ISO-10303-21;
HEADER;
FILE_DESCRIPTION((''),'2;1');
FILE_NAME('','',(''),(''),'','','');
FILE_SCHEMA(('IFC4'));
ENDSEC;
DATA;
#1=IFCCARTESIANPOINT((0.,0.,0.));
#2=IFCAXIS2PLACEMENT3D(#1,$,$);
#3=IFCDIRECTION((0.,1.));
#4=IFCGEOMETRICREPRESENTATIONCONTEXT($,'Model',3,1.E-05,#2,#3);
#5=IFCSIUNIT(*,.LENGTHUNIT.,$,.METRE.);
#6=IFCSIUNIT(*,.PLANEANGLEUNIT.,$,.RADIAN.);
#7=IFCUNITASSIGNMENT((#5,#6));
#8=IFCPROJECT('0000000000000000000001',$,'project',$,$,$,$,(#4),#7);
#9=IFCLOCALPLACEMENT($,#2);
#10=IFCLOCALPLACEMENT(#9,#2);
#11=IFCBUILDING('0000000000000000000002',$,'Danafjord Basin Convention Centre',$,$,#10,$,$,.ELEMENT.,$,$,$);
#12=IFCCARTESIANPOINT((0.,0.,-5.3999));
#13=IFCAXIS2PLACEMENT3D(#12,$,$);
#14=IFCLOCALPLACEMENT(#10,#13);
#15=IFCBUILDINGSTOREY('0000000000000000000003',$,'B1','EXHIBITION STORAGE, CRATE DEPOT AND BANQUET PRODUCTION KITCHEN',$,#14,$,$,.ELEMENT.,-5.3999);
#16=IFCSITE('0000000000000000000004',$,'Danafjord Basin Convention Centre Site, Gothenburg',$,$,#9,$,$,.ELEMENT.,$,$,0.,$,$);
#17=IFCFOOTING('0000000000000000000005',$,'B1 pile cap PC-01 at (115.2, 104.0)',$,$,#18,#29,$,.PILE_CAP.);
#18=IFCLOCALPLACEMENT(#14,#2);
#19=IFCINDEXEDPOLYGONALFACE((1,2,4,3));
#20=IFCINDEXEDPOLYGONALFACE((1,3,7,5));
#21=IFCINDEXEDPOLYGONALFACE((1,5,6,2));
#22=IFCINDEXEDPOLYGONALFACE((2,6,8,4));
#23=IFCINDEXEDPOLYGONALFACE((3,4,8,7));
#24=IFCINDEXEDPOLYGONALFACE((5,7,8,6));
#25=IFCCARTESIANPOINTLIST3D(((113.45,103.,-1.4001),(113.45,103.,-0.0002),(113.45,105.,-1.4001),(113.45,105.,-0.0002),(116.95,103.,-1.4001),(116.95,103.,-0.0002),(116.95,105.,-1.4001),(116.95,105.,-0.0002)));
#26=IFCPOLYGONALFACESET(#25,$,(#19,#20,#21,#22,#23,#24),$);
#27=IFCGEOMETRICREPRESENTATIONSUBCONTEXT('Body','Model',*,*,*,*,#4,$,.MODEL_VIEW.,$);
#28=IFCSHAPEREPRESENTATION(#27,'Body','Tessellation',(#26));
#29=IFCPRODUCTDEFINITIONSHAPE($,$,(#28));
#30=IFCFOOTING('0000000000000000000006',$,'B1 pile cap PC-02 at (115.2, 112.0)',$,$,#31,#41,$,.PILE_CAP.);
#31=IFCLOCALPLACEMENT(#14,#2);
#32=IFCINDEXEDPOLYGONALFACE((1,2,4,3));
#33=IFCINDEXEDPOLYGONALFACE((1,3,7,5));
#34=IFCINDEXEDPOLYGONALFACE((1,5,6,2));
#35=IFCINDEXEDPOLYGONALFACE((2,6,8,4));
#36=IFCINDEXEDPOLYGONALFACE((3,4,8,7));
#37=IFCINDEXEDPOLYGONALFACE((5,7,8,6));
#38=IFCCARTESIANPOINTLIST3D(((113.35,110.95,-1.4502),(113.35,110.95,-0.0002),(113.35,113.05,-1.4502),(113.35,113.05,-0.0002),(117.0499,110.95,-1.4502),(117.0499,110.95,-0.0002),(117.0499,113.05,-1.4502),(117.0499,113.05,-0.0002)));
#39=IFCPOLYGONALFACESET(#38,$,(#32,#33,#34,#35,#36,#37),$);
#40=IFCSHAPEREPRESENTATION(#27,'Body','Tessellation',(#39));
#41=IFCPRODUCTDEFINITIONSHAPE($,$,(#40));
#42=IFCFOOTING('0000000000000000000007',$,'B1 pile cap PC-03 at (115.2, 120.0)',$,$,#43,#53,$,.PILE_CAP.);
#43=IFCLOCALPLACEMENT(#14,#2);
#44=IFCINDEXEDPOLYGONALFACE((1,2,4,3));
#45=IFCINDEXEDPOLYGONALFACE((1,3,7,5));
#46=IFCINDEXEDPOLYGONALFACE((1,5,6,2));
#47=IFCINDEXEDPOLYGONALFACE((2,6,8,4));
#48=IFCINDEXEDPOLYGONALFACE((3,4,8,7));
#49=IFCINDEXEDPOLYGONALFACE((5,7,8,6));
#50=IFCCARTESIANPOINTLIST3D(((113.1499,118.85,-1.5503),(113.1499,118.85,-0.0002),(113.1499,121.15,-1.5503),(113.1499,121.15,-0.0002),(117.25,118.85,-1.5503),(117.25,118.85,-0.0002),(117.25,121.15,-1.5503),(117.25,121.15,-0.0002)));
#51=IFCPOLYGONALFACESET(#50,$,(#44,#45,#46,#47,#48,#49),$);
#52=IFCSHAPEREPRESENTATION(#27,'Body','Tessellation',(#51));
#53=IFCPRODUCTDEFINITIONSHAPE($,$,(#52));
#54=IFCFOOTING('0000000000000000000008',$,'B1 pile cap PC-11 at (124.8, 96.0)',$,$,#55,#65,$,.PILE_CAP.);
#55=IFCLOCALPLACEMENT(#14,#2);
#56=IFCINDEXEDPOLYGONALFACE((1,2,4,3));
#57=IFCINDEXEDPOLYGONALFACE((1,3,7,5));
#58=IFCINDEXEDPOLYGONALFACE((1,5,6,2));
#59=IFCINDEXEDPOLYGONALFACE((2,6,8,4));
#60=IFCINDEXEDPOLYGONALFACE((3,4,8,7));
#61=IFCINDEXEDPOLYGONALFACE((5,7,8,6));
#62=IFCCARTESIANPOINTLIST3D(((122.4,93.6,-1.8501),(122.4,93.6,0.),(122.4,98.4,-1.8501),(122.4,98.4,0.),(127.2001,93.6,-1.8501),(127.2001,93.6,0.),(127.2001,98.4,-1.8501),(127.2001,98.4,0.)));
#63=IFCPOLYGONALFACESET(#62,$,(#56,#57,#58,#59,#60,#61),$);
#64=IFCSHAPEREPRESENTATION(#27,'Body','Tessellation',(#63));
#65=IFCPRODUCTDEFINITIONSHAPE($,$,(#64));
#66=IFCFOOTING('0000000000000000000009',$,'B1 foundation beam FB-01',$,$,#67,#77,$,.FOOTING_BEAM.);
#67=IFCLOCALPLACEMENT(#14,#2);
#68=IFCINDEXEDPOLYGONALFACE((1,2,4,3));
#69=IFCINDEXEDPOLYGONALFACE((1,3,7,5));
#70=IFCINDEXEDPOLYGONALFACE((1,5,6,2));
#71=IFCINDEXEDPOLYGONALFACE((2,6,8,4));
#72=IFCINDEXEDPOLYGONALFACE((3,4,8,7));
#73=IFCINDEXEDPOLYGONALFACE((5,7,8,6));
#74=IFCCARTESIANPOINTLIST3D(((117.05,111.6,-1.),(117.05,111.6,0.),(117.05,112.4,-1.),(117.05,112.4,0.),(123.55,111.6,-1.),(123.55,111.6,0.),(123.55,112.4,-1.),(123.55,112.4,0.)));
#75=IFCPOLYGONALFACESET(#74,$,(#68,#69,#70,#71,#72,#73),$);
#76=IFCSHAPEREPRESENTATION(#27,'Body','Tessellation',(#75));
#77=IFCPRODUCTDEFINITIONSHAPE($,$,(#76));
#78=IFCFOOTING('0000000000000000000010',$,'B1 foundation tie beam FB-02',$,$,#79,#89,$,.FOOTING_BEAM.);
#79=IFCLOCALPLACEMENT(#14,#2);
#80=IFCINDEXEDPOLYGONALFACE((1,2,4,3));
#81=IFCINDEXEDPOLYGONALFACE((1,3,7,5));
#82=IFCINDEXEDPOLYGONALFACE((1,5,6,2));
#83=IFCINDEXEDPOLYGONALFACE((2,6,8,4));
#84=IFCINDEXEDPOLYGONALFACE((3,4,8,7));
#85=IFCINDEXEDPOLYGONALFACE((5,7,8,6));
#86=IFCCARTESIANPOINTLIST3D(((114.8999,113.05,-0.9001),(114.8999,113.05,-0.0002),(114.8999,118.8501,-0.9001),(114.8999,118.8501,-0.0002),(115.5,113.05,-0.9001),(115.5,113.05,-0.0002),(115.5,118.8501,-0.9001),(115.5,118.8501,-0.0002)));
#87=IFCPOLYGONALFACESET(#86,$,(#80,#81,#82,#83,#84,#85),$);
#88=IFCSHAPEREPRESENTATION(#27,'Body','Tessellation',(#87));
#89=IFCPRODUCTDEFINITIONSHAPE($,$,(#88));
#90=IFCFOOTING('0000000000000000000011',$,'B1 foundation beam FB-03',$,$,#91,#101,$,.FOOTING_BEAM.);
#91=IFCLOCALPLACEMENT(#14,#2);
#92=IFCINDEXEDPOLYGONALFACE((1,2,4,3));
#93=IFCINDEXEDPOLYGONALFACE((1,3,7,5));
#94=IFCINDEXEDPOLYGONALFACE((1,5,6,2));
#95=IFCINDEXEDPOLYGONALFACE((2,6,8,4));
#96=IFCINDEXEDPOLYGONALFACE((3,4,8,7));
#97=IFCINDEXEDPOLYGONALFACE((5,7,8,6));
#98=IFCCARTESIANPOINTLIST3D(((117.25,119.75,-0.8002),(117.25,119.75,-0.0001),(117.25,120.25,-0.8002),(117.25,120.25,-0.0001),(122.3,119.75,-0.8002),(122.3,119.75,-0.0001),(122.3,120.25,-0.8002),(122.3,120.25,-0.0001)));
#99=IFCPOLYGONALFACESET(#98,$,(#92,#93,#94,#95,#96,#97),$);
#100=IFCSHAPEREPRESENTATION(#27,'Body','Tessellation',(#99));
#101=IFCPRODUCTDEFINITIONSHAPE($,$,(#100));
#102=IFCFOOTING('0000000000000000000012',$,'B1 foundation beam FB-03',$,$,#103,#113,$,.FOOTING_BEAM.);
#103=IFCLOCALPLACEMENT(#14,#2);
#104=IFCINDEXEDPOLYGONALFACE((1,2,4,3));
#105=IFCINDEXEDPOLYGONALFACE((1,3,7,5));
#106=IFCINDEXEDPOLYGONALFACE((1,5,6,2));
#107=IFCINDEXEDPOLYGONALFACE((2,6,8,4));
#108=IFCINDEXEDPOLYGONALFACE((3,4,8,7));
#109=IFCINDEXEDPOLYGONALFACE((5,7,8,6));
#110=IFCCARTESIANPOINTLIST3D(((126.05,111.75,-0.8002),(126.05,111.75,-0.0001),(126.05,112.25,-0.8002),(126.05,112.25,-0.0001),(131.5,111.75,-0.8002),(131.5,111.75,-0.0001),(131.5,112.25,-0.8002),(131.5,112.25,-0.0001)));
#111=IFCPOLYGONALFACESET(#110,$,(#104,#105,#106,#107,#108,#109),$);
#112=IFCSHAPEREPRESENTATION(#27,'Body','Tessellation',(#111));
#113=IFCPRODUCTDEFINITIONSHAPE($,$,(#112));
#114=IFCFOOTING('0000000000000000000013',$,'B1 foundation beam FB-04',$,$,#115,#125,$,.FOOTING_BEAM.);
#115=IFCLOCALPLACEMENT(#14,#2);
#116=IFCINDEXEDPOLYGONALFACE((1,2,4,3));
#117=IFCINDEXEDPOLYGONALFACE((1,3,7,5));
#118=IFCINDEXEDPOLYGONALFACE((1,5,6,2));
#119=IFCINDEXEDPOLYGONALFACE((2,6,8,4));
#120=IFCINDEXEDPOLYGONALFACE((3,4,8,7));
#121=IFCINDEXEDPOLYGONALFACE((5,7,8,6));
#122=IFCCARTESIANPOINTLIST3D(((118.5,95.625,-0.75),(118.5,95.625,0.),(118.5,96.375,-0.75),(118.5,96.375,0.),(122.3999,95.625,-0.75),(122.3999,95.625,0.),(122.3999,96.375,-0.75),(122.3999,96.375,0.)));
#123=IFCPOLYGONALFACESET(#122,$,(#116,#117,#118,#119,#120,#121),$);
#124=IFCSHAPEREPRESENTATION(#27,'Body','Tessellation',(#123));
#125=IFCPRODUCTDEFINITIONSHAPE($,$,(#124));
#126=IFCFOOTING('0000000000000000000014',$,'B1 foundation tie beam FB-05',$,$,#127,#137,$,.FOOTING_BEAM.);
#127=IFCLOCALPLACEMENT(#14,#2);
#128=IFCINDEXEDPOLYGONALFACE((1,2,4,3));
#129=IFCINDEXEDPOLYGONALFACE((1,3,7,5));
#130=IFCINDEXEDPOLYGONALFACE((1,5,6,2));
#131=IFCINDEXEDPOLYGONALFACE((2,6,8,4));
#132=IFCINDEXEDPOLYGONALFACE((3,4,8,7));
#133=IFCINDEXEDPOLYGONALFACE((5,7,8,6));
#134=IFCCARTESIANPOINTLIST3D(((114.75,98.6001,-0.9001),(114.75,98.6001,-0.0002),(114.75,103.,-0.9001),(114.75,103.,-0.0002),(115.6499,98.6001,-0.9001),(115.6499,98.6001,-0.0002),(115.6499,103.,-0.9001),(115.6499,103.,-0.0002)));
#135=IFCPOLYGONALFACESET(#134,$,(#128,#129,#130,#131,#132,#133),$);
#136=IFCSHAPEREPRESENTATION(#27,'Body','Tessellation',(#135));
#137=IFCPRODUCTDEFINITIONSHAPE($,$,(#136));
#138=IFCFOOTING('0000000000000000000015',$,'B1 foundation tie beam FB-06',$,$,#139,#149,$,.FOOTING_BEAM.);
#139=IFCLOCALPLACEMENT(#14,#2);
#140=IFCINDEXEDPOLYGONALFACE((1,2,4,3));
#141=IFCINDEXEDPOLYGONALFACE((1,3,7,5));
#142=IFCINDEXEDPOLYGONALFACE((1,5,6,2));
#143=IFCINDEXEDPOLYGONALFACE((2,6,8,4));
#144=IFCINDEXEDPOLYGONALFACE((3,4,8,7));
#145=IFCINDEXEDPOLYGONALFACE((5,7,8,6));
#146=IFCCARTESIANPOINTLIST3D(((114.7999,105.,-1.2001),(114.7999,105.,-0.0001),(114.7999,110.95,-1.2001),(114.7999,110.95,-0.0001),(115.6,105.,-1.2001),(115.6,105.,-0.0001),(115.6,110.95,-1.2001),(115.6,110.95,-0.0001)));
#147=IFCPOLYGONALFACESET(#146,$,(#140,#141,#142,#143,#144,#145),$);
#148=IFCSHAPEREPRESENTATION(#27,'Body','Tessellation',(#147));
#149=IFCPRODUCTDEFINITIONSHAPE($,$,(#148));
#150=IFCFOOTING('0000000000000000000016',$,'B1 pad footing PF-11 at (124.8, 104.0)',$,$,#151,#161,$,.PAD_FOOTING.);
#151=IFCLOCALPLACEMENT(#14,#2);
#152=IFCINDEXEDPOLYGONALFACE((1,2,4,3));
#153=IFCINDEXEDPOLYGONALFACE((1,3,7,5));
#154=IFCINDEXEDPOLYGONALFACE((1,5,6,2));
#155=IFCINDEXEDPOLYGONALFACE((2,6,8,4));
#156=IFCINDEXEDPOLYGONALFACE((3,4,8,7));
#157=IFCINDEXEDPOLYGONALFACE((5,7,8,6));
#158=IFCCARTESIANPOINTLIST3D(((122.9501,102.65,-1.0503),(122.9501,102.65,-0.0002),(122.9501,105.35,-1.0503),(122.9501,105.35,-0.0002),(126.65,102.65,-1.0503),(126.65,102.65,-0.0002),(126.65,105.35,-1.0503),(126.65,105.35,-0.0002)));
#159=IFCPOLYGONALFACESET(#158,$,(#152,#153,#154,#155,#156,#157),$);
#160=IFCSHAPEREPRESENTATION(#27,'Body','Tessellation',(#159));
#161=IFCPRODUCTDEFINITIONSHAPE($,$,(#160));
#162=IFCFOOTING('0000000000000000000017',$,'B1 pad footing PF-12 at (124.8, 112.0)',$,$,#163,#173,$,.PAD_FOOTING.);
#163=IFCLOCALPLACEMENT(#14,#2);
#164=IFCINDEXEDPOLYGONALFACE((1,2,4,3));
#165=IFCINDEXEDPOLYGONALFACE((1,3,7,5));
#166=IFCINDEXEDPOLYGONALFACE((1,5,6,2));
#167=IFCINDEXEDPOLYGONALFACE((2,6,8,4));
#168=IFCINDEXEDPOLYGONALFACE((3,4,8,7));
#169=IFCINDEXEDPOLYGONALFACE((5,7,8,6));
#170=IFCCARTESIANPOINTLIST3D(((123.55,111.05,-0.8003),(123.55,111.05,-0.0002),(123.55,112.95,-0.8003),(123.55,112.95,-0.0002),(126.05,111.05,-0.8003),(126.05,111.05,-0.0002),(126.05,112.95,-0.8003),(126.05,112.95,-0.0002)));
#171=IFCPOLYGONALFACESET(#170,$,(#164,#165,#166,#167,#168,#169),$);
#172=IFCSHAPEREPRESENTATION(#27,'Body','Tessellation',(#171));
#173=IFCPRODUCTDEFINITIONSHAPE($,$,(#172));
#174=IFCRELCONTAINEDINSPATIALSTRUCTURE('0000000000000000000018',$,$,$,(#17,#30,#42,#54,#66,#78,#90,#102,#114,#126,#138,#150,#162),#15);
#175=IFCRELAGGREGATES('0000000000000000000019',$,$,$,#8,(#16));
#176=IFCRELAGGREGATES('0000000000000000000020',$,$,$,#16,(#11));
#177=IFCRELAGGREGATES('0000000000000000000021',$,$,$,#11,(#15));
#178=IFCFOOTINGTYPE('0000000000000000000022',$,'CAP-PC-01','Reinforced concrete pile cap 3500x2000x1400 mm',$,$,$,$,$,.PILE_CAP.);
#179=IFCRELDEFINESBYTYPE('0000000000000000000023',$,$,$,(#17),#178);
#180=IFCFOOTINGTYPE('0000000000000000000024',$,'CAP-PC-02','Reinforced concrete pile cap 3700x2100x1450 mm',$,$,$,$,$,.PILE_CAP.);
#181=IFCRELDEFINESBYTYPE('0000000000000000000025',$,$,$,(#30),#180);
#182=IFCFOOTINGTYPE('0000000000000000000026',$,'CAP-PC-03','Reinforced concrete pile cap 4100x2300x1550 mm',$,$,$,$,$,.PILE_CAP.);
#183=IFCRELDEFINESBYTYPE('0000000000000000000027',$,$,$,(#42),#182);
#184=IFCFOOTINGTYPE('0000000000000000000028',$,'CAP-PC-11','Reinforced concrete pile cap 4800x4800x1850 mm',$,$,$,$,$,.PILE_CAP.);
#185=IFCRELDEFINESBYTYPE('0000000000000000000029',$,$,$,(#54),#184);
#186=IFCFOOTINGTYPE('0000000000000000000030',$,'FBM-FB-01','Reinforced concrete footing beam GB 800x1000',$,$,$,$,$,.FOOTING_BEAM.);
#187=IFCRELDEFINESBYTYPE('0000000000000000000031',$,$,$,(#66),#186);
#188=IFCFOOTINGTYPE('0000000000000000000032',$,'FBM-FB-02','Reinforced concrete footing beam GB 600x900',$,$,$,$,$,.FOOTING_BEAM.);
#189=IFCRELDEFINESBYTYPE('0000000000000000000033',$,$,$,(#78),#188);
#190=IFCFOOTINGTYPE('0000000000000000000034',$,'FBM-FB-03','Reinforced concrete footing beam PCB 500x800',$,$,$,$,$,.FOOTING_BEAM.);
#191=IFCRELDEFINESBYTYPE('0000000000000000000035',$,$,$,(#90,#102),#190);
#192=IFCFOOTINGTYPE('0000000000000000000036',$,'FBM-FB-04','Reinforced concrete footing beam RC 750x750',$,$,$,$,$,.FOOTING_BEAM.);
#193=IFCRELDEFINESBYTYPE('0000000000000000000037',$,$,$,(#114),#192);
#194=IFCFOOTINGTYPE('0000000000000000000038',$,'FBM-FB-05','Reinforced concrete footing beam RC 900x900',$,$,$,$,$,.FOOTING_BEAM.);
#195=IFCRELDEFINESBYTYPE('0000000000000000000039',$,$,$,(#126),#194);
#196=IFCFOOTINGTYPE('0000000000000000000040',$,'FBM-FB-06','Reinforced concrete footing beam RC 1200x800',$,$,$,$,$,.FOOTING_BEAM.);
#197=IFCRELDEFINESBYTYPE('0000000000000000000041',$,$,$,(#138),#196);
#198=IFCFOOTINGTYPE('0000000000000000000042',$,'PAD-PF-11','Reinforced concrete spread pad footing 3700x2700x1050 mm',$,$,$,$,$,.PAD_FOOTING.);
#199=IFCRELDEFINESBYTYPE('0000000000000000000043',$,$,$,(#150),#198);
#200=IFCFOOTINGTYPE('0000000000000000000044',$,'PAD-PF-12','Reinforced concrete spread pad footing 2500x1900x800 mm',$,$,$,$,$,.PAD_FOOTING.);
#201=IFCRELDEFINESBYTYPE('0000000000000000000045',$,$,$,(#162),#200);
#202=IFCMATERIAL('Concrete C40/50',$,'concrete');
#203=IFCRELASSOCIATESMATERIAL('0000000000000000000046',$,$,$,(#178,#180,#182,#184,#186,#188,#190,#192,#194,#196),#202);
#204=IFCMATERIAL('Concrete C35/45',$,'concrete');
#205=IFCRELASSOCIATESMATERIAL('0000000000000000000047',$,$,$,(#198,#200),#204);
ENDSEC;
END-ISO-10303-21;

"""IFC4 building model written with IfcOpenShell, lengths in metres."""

from ifc_helpers import new_model, si_unit, direction, frame, origin, origin_2d, place, context, subcontext, project, spatial, rectangle, extrude, material, material_profile, profile_set, type_object, element, save


model = new_model("IFC4")

# Units and contexts
model_context = context("Model", 3, precision=1e-05, world=origin(), true_north=direction((0.0, 1.0)))
body_context = subcontext(model_context, "Body", "Model", "MODEL_VIEW")
ifc_project = project(units=[si_unit("LENGTHUNIT", "METRE"), si_unit("PLANEANGLEUNIT", "RADIAN")], contexts=[model_context])

# Site, building, storey
site_placement = place(None, origin())
site = spatial("IfcSite", under=ifc_project, at=site_placement, Name="Danafjord Basin Convention Centre Site, Gothenburg", CompositionType="ELEMENT", RefElevation=0.0)
building_placement = place(site_placement, origin())
building = spatial("IfcBuilding", under=site, at=building_placement, Name="Danafjord Basin Convention Centre", CompositionType="ELEMENT")
storey_placement = place(building_placement, frame((0.0, 0.0, -5.3999)))
storey = spatial("IfcBuildingStorey", under=building, at=storey_placement, Name="B1", Description="EXHIBITION STORAGE, CRATE DEPOT AND BANQUET PRODUCTION KITCHEN", CompositionType="ELEMENT", Elevation=-5.3999)

# Footings
ifc_material_1 = material(Name="Concrete C40/50", Category="concrete")
footing_type_1 = type_object("IfcFootingType", Name="CAP-PC-01", Description="Reinforced concrete pile cap 3500x2000x1400 mm", PredefinedType="PILE_CAP", material=ifc_material_1)
footing_1_placement = place(storey_placement, frame((115.2, 104.0, -1.4001), z_axis=(0.0, 0.0, 1.0), x_axis=(1.0, 0.0, 0.0)))
element("IfcFooting", 1, at=footing_1_placement, inside=storey, type_object=footing_type_1, Name="B1 pile cap PC-01 at (115.2, 104.0)", PredefinedType="PILE_CAP", context=body_context, shape_type="SweptSolid", body=[
    extrude(rectangle(XDim=3.5, YDim=2.0, at=origin_2d()), origin(), (0.0, 0.0, 1.0), 1.3999),
])
footing_type_2 = type_object("IfcFootingType", Name="CAP-PC-02", Description="Reinforced concrete pile cap 3700x2100x1450 mm", PredefinedType="PILE_CAP", material=ifc_material_1)
footing_2_placement = place(storey_placement, frame((115.2, 112.0, -1.4502), z_axis=(0.0, 0.0, 1.0), x_axis=(1.0, 0.0, 0.0)))
element("IfcFooting", 2, at=footing_2_placement, inside=storey, type_object=footing_type_2, Name="B1 pile cap PC-02 at (115.2, 112.0)", PredefinedType="PILE_CAP", context=body_context, shape_type="SweptSolid", body=[
    extrude(rectangle(XDim=3.7, YDim=2.1001, at=origin_2d()), origin(), (0.0, 0.0, 1.0), 1.45),
])
footing_type_3 = type_object("IfcFootingType", Name="CAP-PC-03", Description="Reinforced concrete pile cap 4100x2300x1550 mm", PredefinedType="PILE_CAP", material=ifc_material_1)
footing_3_placement = place(storey_placement, frame((115.2, 120.0, -1.5503), z_axis=(0.0, 0.0, 1.0), x_axis=(1.0, 0.0, 0.0)))
element("IfcFooting", 3, at=footing_3_placement, inside=storey, type_object=footing_type_3, Name="B1 pile cap PC-03 at (115.2, 120.0)", PredefinedType="PILE_CAP", context=body_context, shape_type="SweptSolid", body=[
    extrude(rectangle(XDim=4.1001, YDim=2.3, at=origin_2d()), origin(), (0.0, 0.0, 1.0), 1.55),
])
footing_type_4 = type_object("IfcFootingType", Name="CAP-PC-11", Description="Reinforced concrete pile cap 4800x4800x1850 mm", PredefinedType="PILE_CAP", material=ifc_material_1)
footing_4_placement = place(storey_placement, frame((124.8, 96.0, -1.8501), z_axis=(0.0, 0.0, 1.0), x_axis=(1.0, 0.0, 0.0)))
element("IfcFooting", 4, at=footing_4_placement, inside=storey, type_object=footing_type_4, Name="B1 pile cap PC-11 at (124.8, 96.0)", PredefinedType="PILE_CAP", context=body_context, shape_type="SweptSolid", body=[
    extrude(rectangle(XDim=4.8, YDim=4.8, at=origin_2d()), origin(), (0.0, 0.0, 1.0), 1.8501),
])
ifc_material_profile_1 = material_profile(ifc_material_1, rectangle(XDim=0.8, YDim=1.0, at=origin_2d()), Name="GB 800x1000")
ifc_profile_set_1 = profile_set([ifc_material_profile_1], Name="Concrete C40/50")
footing_type_5 = type_object("IfcFootingType", Name="FBM-FB-01", Description="Reinforced concrete footing beam GB 800x1000", PredefinedType="FOOTING_BEAM", material=ifc_profile_set_1)
footing_5_placement = place(storey_placement, frame((117.05, 112.0, -0.5), z_axis=(1.0, 0.0, 0.0), x_axis=(0.0, 1.0, 0.0)))
element("IfcFooting", 5, at=footing_5_placement, inside=storey, type_object=footing_type_5, Name="B1 foundation beam FB-01", PredefinedType="FOOTING_BEAM", context=body_context, shape_type="SweptSolid", body=[
    extrude(rectangle(XDim=0.8, YDim=1.0, at=origin_2d()), origin(), (0.0, 0.0, 1.0), 6.5),
])
ifc_material_profile_2 = material_profile(ifc_material_1, rectangle(XDim=0.6001, YDim=0.8999, at=origin_2d()), Name="GB 600x900")
ifc_profile_set_2 = profile_set([ifc_material_profile_2], Name="Concrete C40/50")
footing_type_6 = type_object("IfcFootingType", Name="FBM-FB-02", Description="Reinforced concrete footing beam GB 600x900", PredefinedType="FOOTING_BEAM", material=ifc_profile_set_2)
footing_6_placement = place(storey_placement, frame((115.2, 113.05, -0.4502), z_axis=(0.0, 1.0, 0.0), x_axis=(-1.0, 0.0, 0.0)))
element("IfcFooting", 6, at=footing_6_placement, inside=storey, type_object=footing_type_6, Name="B1 foundation tie beam FB-02", PredefinedType="FOOTING_BEAM", context=body_context, shape_type="SweptSolid", body=[
    extrude(rectangle(XDim=0.6001, YDim=0.8999, at=origin_2d()), origin(), (0.0, 0.0, 1.0), 5.8),
])
ifc_material_profile_3 = material_profile(ifc_material_1, rectangle(XDim=0.5, YDim=0.8, at=origin_2d()), Name="PCB 500x800")
ifc_profile_set_3 = profile_set([ifc_material_profile_3], Name="Concrete C40/50")
footing_type_7 = type_object("IfcFootingType", Name="FBM-FB-03", Description="Reinforced concrete footing beam PCB 500x800", PredefinedType="FOOTING_BEAM", material=ifc_profile_set_3)
footing_7_placement = place(storey_placement, frame((117.25, 120.0, -0.4001), z_axis=(1.0, 0.0, 0.0), x_axis=(0.0, 1.0, 0.0)))
element("IfcFooting", 7, at=footing_7_placement, inside=storey, type_object=footing_type_7, Name="B1 foundation beam FB-03", PredefinedType="FOOTING_BEAM", context=body_context, shape_type="SweptSolid", body=[
    extrude(rectangle(XDim=0.5, YDim=0.8, at=origin_2d()), origin(), (0.0, 0.0, 1.0), 5.05),
])
footing_8_placement = place(storey_placement, frame((126.05, 112.0, -0.4001), z_axis=(1.0, 0.0, 0.0), x_axis=(0.0, 1.0, 0.0)))
element("IfcFooting", 8, at=footing_8_placement, inside=storey, type_object=footing_type_7, Name="B1 foundation beam FB-03", PredefinedType="FOOTING_BEAM", context=body_context, shape_type="SweptSolid", body=[
    extrude(rectangle(XDim=0.5, YDim=0.8, at=origin_2d()), origin(), (0.0, 0.0, 1.0), 5.45),
])
ifc_material_profile_4 = material_profile(ifc_material_1, rectangle(XDim=0.75, YDim=0.75, at=origin_2d()), Name="RC 750x750")
ifc_profile_set_4 = profile_set([ifc_material_profile_4], Name="Concrete C40/50")
footing_type_8 = type_object("IfcFootingType", Name="FBM-FB-04", Description="Reinforced concrete footing beam RC 750x750", PredefinedType="FOOTING_BEAM", material=ifc_profile_set_4)
footing_9_placement = place(storey_placement, frame((118.5, 96.0, -0.375), z_axis=(1.0, 0.0, 0.0), x_axis=(0.0, 1.0, 0.0)))
element("IfcFooting", 9, at=footing_9_placement, inside=storey, type_object=footing_type_8, Name="B1 foundation beam FB-04", PredefinedType="FOOTING_BEAM", context=body_context, shape_type="SweptSolid", body=[
    extrude(rectangle(XDim=0.75, YDim=0.75, at=origin_2d()), origin(), (0.0, 0.0, 1.0), 3.8999),
])
ifc_material_profile_5 = material_profile(ifc_material_1, rectangle(XDim=0.8999, YDim=0.8999, at=origin_2d()), Name="RC 900x900")
ifc_profile_set_5 = profile_set([ifc_material_profile_5], Name="Concrete C40/50")
footing_type_9 = type_object("IfcFootingType", Name="FBM-FB-05", Description="Reinforced concrete footing beam RC 900x900", PredefinedType="FOOTING_BEAM", material=ifc_profile_set_5)
footing_10_placement = place(storey_placement, frame((115.2, 98.6001, -0.4502), z_axis=(0.0, 1.0, 0.0), x_axis=(-1.0, 0.0, 0.0)))
element("IfcFooting", 10, at=footing_10_placement, inside=storey, type_object=footing_type_9, Name="B1 foundation tie beam FB-05", PredefinedType="FOOTING_BEAM", context=body_context, shape_type="SweptSolid", body=[
    extrude(rectangle(XDim=0.8999, YDim=0.8999, at=origin_2d()), origin(), (0.0, 0.0, 1.0), 4.3999),
])
ifc_material_profile_6 = material_profile(ifc_material_1, rectangle(XDim=0.8, YDim=1.2, at=origin_2d()), Name="RC 1200x800")
ifc_profile_set_6 = profile_set([ifc_material_profile_6], Name="Concrete C40/50")
footing_type_10 = type_object("IfcFootingType", Name="FBM-FB-06", Description="Reinforced concrete footing beam RC 1200x800", PredefinedType="FOOTING_BEAM", material=ifc_profile_set_6)
footing_11_placement = place(storey_placement, frame((115.2, 105.0, -0.6001), z_axis=(0.0, 1.0, 0.0), x_axis=(-1.0, 0.0, 0.0)))
element("IfcFooting", 11, at=footing_11_placement, inside=storey, type_object=footing_type_10, Name="B1 foundation tie beam FB-06", PredefinedType="FOOTING_BEAM", context=body_context, shape_type="SweptSolid", body=[
    extrude(rectangle(XDim=0.8, YDim=1.2, at=origin_2d()), origin(), (0.0, 0.0, 1.0), 5.95),
])
ifc_material_2 = material(Name="Concrete C35/45", Category="concrete")
footing_type_11 = type_object("IfcFootingType", Name="PAD-PF-11", Description="Reinforced concrete spread pad footing 3700x2700x1050 mm", PredefinedType="PAD_FOOTING", material=ifc_material_2)
footing_12_placement = place(storey_placement, frame((124.8, 104.0, -1.0503), z_axis=(0.0, 0.0, 1.0), x_axis=(1.0, 0.0, 0.0)))
element("IfcFooting", 12, at=footing_12_placement, inside=storey, type_object=footing_type_11, Name="B1 pad footing PF-11 at (124.8, 104.0)", PredefinedType="PAD_FOOTING", context=body_context, shape_type="SweptSolid", body=[
    extrude(rectangle(XDim=3.7, YDim=2.7, at=origin_2d()), origin(), (0.0, 0.0, 1.0), 1.05),
])
footing_type_12 = type_object("IfcFootingType", Name="PAD-PF-12", Description="Reinforced concrete spread pad footing 2500x1900x800 mm", PredefinedType="PAD_FOOTING", material=ifc_material_2)
footing_13_placement = place(storey_placement, frame((124.8, 112.0, -0.8003), z_axis=(0.0, 0.0, 1.0), x_axis=(1.0, 0.0, 0.0)))
element("IfcFooting", 13, at=footing_13_placement, inside=storey, type_object=footing_type_12, Name="B1 pad footing PF-12 at (124.8, 112.0)", PredefinedType="PAD_FOOTING", context=body_context, shape_type="SweptSolid", body=[
    extrude(rectangle(XDim=2.5, YDim=1.8999, at=origin_2d()), origin(), (0.0, 0.0, 1.0), 0.8),
])

save(model, "model.ifc")
